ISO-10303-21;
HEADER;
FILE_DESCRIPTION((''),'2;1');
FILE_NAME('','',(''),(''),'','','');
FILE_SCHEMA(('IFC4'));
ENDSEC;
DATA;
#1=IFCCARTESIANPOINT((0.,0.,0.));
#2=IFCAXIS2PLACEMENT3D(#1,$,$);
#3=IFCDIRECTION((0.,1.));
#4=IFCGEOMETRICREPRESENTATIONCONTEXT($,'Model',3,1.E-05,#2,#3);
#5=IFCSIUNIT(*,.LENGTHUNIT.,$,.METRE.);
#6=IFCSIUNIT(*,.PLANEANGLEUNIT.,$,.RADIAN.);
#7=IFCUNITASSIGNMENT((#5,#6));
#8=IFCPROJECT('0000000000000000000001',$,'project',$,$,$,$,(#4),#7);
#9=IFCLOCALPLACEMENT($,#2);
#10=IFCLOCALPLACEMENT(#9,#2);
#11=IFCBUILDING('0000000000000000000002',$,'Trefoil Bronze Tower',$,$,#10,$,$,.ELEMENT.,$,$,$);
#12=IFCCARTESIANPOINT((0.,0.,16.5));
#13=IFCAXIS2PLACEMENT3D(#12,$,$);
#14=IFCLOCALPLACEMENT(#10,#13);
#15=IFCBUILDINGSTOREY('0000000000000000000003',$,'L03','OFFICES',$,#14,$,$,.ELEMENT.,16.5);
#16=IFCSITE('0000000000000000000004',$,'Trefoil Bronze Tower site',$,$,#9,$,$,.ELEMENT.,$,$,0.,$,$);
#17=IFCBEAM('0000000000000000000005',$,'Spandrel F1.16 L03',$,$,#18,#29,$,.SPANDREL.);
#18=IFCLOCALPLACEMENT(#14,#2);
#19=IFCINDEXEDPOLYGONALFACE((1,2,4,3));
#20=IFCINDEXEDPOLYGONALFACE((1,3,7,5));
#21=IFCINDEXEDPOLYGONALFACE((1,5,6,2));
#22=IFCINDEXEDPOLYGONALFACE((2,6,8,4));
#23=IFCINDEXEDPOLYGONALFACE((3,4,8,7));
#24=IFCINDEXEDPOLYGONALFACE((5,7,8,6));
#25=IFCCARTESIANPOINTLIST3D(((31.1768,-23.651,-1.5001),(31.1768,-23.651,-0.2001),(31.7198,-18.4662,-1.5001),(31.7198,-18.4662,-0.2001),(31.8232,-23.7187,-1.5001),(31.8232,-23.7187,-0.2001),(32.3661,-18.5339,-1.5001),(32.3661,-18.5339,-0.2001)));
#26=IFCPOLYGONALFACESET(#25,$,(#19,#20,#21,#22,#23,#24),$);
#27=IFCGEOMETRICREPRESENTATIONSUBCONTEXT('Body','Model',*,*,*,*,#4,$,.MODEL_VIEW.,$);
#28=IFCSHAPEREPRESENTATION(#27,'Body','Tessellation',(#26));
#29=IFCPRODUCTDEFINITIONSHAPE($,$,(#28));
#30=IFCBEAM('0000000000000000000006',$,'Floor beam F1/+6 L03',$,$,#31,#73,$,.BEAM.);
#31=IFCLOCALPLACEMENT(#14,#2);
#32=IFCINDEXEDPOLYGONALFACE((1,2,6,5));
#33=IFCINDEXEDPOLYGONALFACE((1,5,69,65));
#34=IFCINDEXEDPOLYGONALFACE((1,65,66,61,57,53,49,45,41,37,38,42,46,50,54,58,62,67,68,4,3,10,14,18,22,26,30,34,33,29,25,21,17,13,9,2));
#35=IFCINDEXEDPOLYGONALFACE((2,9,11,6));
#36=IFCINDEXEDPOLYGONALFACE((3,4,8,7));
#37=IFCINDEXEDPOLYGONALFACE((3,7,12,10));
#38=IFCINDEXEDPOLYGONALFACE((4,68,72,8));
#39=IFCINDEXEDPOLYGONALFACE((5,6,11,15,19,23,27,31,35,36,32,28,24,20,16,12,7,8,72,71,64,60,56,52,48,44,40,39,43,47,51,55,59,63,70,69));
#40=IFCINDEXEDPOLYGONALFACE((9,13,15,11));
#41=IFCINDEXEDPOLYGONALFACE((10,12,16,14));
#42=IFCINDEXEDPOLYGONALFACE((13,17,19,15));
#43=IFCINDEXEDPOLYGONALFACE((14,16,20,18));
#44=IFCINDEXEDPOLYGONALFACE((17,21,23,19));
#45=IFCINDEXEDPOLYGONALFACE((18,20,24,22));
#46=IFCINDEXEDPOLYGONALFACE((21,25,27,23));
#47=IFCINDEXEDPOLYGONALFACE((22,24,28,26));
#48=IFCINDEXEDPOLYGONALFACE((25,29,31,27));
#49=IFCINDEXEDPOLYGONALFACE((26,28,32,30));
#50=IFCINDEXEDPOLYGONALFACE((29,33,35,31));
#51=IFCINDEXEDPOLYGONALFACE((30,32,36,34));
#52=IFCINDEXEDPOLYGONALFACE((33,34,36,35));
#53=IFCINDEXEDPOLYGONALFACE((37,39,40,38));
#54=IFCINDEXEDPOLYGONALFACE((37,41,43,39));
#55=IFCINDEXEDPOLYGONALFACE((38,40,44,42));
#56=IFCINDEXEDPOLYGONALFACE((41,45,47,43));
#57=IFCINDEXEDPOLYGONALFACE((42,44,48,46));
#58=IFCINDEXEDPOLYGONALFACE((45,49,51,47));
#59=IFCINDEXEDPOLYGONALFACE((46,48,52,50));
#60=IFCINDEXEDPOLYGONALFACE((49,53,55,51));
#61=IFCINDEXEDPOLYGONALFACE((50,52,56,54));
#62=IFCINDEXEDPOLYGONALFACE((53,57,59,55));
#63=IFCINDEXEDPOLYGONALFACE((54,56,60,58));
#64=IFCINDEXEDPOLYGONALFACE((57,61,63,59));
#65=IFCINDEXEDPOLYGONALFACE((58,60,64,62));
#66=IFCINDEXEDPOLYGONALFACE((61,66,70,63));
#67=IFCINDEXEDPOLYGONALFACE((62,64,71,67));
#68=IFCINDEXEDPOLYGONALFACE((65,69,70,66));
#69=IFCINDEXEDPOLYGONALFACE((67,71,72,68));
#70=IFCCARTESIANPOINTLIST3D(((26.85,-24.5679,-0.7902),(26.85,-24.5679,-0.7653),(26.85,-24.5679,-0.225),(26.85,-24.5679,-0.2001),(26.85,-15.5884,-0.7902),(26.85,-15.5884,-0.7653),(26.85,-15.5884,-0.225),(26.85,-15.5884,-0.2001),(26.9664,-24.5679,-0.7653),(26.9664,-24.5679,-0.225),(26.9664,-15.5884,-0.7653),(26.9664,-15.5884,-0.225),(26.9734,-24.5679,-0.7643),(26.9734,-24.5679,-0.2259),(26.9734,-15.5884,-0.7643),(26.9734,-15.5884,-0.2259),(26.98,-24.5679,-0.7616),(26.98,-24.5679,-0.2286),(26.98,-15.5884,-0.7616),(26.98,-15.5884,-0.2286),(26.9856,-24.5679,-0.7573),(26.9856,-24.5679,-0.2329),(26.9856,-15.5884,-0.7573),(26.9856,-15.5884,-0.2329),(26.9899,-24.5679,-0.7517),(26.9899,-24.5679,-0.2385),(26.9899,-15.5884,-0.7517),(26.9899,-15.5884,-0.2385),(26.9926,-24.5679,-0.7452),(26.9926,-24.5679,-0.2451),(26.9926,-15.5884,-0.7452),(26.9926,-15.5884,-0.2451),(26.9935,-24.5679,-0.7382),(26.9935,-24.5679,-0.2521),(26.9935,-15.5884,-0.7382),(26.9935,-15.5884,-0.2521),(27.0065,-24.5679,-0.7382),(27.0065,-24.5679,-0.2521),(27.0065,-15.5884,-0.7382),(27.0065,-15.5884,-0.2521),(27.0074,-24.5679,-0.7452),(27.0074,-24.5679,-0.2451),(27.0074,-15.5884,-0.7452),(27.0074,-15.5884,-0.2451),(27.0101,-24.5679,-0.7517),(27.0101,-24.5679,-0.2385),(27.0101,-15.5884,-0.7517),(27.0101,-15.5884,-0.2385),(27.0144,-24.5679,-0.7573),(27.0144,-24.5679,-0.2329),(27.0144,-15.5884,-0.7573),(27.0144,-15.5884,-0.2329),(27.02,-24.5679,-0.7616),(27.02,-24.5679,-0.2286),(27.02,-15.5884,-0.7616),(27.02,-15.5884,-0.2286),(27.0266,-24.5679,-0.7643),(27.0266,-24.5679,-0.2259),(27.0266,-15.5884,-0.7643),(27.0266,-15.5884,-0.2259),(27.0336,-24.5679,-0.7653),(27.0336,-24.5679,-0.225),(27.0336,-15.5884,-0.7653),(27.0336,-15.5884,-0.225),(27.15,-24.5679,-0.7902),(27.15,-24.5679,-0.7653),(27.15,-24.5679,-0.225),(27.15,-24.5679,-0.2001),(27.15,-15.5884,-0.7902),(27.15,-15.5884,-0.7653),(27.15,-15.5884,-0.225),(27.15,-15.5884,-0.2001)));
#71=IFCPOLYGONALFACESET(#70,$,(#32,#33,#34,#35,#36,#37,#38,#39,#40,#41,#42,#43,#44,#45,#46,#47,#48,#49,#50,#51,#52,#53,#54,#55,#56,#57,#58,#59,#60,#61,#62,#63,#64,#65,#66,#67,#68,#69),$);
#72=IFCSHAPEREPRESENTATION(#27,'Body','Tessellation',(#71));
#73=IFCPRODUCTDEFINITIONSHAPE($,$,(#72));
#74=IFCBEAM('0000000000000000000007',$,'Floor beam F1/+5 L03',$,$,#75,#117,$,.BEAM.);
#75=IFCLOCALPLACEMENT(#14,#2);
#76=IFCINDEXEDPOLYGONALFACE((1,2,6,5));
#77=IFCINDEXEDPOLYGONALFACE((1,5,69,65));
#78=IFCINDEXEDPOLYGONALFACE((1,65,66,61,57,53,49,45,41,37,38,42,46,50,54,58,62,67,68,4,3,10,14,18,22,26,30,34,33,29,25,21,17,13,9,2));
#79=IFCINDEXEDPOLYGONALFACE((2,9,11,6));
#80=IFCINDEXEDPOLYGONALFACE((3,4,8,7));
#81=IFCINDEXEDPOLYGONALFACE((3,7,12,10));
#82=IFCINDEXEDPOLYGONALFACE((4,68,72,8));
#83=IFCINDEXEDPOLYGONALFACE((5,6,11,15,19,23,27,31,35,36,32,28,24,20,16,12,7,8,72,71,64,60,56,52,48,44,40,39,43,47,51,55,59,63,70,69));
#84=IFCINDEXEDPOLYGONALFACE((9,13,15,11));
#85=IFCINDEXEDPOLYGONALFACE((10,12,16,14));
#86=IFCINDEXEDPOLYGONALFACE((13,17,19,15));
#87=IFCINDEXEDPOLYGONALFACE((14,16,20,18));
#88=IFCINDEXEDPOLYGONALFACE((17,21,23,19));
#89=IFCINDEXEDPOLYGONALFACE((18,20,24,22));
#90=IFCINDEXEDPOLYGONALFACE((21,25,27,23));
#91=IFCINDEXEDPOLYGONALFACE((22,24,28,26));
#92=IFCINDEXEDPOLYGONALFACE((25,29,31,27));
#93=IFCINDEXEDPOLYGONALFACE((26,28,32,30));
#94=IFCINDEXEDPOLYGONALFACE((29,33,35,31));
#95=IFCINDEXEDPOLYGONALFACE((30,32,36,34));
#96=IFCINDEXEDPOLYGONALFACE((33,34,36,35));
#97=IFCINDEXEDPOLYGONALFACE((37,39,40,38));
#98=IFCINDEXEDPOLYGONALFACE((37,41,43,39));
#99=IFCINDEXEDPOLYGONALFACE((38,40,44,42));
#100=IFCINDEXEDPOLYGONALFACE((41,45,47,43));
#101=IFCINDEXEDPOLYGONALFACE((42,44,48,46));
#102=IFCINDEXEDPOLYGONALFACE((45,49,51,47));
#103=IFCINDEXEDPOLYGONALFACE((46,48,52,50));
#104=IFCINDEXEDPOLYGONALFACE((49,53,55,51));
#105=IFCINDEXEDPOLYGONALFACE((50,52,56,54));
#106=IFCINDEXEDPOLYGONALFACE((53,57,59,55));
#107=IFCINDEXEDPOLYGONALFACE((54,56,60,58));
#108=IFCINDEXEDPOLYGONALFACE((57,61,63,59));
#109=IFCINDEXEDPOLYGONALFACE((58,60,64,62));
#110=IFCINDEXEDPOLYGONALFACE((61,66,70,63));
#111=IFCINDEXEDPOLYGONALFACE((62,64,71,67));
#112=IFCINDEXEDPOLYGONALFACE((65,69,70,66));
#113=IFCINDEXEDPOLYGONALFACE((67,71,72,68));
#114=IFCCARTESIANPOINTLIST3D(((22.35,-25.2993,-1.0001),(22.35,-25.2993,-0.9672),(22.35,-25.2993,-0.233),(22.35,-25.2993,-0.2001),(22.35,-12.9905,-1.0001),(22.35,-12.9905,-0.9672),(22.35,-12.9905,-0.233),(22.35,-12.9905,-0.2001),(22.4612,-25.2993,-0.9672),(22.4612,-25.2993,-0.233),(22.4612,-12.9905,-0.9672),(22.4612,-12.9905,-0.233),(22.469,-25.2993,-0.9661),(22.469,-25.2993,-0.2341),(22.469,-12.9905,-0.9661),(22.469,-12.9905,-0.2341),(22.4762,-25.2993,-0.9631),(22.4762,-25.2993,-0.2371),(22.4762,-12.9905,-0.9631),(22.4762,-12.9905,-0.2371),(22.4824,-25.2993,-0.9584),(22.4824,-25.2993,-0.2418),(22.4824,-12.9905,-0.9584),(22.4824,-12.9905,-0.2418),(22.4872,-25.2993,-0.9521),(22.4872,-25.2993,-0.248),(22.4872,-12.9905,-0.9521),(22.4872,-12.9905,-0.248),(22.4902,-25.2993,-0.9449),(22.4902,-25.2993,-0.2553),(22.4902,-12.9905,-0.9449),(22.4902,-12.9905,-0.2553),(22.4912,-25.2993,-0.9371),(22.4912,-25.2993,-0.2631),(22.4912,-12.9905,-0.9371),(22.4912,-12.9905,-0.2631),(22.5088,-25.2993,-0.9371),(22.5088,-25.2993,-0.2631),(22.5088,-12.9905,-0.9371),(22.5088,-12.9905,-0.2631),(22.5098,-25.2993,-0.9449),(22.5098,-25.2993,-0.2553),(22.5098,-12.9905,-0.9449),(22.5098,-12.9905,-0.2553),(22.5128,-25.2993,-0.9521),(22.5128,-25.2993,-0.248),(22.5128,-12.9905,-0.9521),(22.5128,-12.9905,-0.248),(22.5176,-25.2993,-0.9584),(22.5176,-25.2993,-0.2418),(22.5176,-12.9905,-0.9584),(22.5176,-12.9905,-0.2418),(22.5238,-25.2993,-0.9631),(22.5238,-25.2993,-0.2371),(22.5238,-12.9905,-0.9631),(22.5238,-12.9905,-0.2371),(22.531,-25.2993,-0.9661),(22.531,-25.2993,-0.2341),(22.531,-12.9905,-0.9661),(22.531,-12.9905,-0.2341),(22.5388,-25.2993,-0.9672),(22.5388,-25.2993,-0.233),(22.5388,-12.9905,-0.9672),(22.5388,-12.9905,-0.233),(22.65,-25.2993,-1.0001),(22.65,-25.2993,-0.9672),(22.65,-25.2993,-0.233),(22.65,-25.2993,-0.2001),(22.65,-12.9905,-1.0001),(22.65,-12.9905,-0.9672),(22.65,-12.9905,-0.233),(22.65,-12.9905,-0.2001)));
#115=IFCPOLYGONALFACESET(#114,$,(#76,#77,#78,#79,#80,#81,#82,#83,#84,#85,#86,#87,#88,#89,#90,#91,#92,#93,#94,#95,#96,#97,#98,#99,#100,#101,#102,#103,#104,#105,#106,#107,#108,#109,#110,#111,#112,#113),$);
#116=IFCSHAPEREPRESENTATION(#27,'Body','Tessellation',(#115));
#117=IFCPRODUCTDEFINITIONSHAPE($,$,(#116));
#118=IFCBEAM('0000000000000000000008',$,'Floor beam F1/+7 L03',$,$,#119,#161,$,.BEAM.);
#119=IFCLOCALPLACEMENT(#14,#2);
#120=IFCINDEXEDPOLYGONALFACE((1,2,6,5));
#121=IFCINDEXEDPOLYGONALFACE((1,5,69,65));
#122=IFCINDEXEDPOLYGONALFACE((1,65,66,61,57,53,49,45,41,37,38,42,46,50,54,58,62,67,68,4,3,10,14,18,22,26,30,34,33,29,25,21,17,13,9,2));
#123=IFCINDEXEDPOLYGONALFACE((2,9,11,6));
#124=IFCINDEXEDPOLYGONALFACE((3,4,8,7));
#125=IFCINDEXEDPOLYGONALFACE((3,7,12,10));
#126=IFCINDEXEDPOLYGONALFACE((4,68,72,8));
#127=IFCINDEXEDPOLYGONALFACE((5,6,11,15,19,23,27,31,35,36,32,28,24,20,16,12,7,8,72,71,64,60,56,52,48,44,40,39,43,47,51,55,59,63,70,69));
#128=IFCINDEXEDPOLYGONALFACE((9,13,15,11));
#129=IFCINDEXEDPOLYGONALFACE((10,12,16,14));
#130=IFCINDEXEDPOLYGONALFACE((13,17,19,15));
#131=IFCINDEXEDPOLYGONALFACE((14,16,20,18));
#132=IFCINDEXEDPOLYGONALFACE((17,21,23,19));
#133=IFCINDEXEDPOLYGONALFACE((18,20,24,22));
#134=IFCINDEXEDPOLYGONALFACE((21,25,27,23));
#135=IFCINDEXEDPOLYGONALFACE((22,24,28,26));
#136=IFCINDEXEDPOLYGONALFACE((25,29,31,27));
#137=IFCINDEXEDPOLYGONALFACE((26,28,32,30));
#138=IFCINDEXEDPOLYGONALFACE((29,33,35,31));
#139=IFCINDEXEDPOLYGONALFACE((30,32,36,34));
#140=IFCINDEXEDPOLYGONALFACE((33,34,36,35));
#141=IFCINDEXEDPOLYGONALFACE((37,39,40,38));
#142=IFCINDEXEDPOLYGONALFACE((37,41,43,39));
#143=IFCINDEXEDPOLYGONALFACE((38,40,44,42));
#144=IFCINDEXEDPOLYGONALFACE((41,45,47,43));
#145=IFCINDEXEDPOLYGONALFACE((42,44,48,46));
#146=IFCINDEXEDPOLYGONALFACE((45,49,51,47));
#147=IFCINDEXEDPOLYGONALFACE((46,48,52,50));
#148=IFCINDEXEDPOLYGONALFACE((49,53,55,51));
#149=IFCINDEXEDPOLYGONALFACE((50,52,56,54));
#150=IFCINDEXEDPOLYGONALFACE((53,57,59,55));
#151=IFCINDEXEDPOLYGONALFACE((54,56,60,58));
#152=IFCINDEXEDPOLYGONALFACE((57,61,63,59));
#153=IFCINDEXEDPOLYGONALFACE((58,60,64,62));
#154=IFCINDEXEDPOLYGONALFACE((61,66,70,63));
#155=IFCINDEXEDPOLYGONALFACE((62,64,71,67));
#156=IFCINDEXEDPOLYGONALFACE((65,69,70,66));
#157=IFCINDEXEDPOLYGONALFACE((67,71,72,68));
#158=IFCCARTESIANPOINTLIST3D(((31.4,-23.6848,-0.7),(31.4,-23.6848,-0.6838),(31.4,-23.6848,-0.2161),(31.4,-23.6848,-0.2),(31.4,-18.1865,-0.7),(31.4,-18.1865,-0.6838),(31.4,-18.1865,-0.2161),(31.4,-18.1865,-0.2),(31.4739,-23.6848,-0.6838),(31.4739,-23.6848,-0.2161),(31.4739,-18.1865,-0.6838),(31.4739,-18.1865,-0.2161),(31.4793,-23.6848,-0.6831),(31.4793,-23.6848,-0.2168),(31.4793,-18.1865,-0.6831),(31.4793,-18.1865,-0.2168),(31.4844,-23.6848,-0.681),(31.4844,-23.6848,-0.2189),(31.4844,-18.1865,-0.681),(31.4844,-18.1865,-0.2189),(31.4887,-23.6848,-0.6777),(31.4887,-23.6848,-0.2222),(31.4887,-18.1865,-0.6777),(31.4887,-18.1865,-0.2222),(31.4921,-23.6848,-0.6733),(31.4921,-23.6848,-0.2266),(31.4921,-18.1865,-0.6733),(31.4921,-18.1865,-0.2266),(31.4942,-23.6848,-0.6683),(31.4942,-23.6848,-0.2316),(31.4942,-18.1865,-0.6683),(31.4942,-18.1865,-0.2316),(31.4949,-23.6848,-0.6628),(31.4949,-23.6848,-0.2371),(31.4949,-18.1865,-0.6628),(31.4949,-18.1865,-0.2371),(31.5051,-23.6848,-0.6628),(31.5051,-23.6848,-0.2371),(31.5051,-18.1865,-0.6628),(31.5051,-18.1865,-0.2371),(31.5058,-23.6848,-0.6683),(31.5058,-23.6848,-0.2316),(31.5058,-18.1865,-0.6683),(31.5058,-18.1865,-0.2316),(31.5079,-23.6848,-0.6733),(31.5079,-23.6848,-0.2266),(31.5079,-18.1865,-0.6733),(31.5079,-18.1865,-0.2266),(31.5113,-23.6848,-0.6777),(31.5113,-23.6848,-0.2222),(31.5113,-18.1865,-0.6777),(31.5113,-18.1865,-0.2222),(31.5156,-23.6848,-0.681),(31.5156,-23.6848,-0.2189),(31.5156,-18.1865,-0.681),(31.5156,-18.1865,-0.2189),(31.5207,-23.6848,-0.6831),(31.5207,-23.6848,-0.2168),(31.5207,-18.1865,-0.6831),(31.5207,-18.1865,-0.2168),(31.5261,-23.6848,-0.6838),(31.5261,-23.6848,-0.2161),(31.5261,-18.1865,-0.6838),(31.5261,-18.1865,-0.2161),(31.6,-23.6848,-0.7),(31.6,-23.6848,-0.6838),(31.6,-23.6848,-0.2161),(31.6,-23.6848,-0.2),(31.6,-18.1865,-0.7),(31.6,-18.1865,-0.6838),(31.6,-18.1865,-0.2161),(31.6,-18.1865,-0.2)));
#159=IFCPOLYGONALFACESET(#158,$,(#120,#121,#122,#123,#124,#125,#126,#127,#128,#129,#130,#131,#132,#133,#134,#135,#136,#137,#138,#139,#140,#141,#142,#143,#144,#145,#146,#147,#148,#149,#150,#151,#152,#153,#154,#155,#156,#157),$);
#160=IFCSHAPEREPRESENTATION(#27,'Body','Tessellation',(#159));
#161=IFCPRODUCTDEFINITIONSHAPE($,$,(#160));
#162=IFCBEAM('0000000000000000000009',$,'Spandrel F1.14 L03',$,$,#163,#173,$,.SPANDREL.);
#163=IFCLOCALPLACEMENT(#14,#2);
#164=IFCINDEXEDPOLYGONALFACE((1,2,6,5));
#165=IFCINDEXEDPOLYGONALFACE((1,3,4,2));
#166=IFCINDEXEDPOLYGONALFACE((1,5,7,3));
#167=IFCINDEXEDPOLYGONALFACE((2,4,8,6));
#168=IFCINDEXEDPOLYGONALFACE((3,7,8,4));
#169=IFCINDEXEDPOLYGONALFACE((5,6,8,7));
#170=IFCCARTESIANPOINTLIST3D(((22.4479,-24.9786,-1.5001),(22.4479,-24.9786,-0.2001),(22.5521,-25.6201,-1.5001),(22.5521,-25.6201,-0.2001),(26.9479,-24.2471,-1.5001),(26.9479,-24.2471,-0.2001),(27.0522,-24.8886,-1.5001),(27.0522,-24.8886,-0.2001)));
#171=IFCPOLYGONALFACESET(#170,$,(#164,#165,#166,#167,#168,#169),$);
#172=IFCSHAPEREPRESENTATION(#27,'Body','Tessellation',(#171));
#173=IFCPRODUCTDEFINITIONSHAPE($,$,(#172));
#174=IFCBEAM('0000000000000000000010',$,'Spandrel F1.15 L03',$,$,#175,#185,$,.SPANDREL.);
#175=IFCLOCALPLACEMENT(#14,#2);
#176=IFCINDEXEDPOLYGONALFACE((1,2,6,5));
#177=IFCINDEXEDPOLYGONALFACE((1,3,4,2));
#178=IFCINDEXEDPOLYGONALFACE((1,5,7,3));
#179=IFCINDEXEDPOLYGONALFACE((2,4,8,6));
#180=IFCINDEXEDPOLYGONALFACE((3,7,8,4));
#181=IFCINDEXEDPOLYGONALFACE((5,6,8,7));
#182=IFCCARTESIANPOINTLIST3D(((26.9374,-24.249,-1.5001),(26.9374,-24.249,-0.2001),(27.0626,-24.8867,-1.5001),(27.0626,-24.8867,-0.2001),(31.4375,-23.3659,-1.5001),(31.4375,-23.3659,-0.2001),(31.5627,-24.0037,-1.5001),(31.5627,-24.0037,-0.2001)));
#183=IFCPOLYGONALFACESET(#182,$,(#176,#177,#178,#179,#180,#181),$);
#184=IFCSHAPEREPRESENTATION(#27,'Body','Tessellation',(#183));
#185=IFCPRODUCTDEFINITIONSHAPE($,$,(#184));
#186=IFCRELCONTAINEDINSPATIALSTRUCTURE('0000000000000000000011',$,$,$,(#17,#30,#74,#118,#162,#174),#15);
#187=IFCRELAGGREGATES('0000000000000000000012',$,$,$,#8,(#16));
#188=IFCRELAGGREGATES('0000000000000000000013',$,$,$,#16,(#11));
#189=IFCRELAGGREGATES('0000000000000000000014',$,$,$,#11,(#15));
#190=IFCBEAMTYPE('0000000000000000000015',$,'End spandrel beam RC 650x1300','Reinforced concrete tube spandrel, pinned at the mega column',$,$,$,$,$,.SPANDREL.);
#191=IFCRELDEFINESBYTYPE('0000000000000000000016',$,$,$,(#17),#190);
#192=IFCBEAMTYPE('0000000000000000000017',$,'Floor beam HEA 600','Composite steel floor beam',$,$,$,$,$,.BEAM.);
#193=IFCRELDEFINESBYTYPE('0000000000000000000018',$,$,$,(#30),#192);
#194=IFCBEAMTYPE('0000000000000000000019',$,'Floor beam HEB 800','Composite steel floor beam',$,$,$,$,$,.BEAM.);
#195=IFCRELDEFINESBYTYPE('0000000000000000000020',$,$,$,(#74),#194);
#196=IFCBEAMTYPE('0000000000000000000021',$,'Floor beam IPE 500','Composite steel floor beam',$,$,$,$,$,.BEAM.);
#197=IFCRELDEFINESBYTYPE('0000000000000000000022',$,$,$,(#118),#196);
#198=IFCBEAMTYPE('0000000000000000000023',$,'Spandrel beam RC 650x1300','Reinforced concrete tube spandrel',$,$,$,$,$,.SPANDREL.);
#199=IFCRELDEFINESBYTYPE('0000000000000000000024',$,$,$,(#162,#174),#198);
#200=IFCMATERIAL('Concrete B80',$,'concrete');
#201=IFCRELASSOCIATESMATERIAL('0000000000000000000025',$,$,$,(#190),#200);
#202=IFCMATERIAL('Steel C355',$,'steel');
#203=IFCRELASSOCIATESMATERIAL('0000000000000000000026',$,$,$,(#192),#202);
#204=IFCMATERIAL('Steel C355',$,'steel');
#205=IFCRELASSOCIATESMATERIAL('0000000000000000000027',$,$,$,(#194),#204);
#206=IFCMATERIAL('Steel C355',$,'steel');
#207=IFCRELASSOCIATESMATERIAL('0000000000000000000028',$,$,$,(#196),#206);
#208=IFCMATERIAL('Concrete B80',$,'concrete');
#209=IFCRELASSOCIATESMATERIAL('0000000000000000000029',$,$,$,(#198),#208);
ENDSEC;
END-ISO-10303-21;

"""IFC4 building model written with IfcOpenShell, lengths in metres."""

from ifc_helpers import new_model, si_unit, direction, frame, origin, origin_2d, place, context, subcontext, project, spatial, rectangle, i_section, extrude, material, material_profile, profile_set, type_object, element, save


model = new_model("IFC4")

# Units and contexts
model_context = context("Model", 3, precision=1e-05, world=origin(), true_north=direction((0.0, 1.0)))
body_context = subcontext(model_context, "Body", "Model", "MODEL_VIEW")
ifc_project = project(units=[si_unit("LENGTHUNIT", "METRE"), si_unit("PLANEANGLEUNIT", "RADIAN")], contexts=[model_context])

# Site, building, storey
site_placement = place(None, origin())
site = spatial("IfcSite", under=ifc_project, at=site_placement, Name="Trefoil Bronze Tower site", CompositionType="ELEMENT", RefElevation=0.0)
building_placement = place(site_placement, origin())
building = spatial("IfcBuilding", under=site, at=building_placement, Name="Trefoil Bronze Tower", CompositionType="ELEMENT")
storey_placement = place(building_placement, frame((0.0, 0.0, 16.5)))
storey = spatial("IfcBuildingStorey", under=building, at=storey_placement, Name="L03", Description="OFFICES", CompositionType="ELEMENT", Elevation=16.5)

# Beams
ifc_material_1 = material(Name="Concrete B80", Category="concrete")
ifc_material_profile_1 = material_profile(ifc_material_1, rectangle(XDim=0.6499, YDim=1.3, at=origin_2d()), Name="RC 650x1300")
ifc_profile_set_1 = profile_set([ifc_material_profile_1], Name="Concrete B80")
beam_type_1 = type_object("IfcBeamType", Name="End spandrel beam RC 650x1300", Description="Reinforced concrete tube spandrel, pinned at the mega column", PredefinedType="SPANDREL", material=ifc_profile_set_1)
beam_1_placement = place(storey_placement, frame((31.5, -23.6848, -0.8501), z_axis=(0.104153, 0.994561, 0.0), x_axis=(-0.994561, 0.104153, 0.0)))
element("IfcBeam", 1, at=beam_1_placement, inside=storey, type_object=beam_type_1, Name="Spandrel F1.16 L03", PredefinedType="SPANDREL", context=body_context, shape_type="SweptSolid", body=[
    extrude(rectangle(XDim=0.6499, YDim=1.3, at=origin_2d()), origin(), (0.0, 0.0, 1.0), 5.2131),
])
ifc_material_2 = material(Name="Steel C355", Category="steel")
ifc_material_profile_2 = material_profile(ifc_material_2, i_section(OverallWidth=0.3, OverallDepth=0.5901, WebThickness=0.0129, FlangeThickness=0.0249, FilletRadius=0.0271, at=origin_2d()), Name="HEA 600")
ifc_profile_set_2 = profile_set([ifc_material_profile_2], Name="Steel C355")
beam_type_2 = type_object("IfcBeamType", Name="Floor beam HEA 600", Description="Composite steel floor beam", PredefinedType="BEAM", material=ifc_profile_set_2)
beam_2_placement = place(storey_placement, frame((27.0, -24.5679, -0.4951), z_axis=(0.0, 1.0, 0.0), x_axis=(-1.0, 0.0, 0.0)))
element("IfcBeam", 2, at=beam_2_placement, inside=storey, type_object=beam_type_2, Name="Floor beam F1/+6 L03", PredefinedType="BEAM", context=body_context, shape_type="SweptSolid", body=[
    extrude(i_section(OverallWidth=0.3, OverallDepth=0.5901, WebThickness=0.0129, FlangeThickness=0.0249, FilletRadius=0.0271, at=origin_2d()), origin(), (0.0, 0.0, 1.0), 8.9795),
])
ifc_material_3 = material(Name="Steel C355", Category="steel")
ifc_material_profile_3 = material_profile(ifc_material_3, i_section(OverallWidth=0.3, OverallDepth=0.8, WebThickness=0.0176, FlangeThickness=0.033, FilletRadius=0.03, at=origin_2d()), Name="HEB 800")
ifc_profile_set_3 = profile_set([ifc_material_profile_3], Name="Steel C355")
beam_type_3 = type_object("IfcBeamType", Name="Floor beam HEB 800", Description="Composite steel floor beam", PredefinedType="BEAM", material=ifc_profile_set_3)
beam_3_placement = place(storey_placement, frame((22.5, -25.2993, -0.6001), z_axis=(0.0, 1.0, 0.0), x_axis=(-1.0, 0.0, 0.0)))
element("IfcBeam", 3, at=beam_3_placement, inside=storey, type_object=beam_type_3, Name="Floor beam F1/+5 L03", PredefinedType="BEAM", context=body_context, shape_type="SweptSolid", body=[
    extrude(i_section(OverallWidth=0.3, OverallDepth=0.8, WebThickness=0.0176, FlangeThickness=0.033, FilletRadius=0.03, at=origin_2d()), origin(), (0.0, 0.0, 1.0), 12.3088),
])
ifc_material_4 = material(Name="Steel C355", Category="steel")
ifc_material_profile_4 = material_profile(ifc_material_4, i_section(OverallWidth=0.2, OverallDepth=0.5, WebThickness=0.0103, FlangeThickness=0.0161, FilletRadius=0.021, at=origin_2d()), Name="IPE 500")
ifc_profile_set_4 = profile_set([ifc_material_profile_4], Name="Steel C355")
beam_type_4 = type_object("IfcBeamType", Name="Floor beam IPE 500", Description="Composite steel floor beam", PredefinedType="BEAM", material=ifc_profile_set_4)
beam_4_placement = place(storey_placement, frame((31.5, -23.6848, -0.45), z_axis=(0.0, 1.0, 0.0), x_axis=(-1.0, 0.0, 0.0)))
element("IfcBeam", 4, at=beam_4_placement, inside=storey, type_object=beam_type_4, Name="Floor beam F1/+7 L03", PredefinedType="BEAM", context=body_context, shape_type="SweptSolid", body=[
    extrude(i_section(OverallWidth=0.2, OverallDepth=0.5, WebThickness=0.0103, FlangeThickness=0.0161, FilletRadius=0.021, at=origin_2d()), origin(), (0.0, 0.0, 1.0), 5.4983),
])
ifc_material_5 = material(Name="Concrete B80", Category="concrete")
ifc_material_profile_5 = material_profile(ifc_material_5, rectangle(XDim=0.6499, YDim=1.3, at=origin_2d()), Name="RC 650x1300")
ifc_profile_set_5 = profile_set([ifc_material_profile_5], Name="Concrete B80")
beam_type_5 = type_object("IfcBeamType", Name="Spandrel beam RC 650x1300", Description="Reinforced concrete tube spandrel", PredefinedType="SPANDREL", material=ifc_profile_set_5)
beam_5_placement = place(storey_placement, frame((22.5, -25.2993, -0.8501), z_axis=(0.987046, 0.160438, 0.0), x_axis=(-0.160438, 0.987046, 0.0)))
element("IfcBeam", 5, at=beam_5_placement, inside=storey, type_object=beam_type_5, Name="Spandrel F1.14 L03", PredefinedType="SPANDREL", context=body_context, shape_type="SweptSolid", body=[
    extrude(rectangle(XDim=0.6499, YDim=1.3, at=origin_2d()), origin(), (0.0, 0.0, 1.0), 4.5591),
])
beam_6_placement = place(storey_placement, frame((27.0, -24.5679, -0.8501), z_axis=(0.981285, 0.192562, 0.0), x_axis=(-0.192562, 0.981285, 0.0)))
element("IfcBeam", 6, at=beam_6_placement, inside=storey, type_object=beam_type_5, Name="Spandrel F1.15 L03", PredefinedType="SPANDREL", context=body_context, shape_type="SweptSolid", body=[
    extrude(rectangle(XDim=0.6499, YDim=1.3, at=origin_2d()), origin(), (0.0, 0.0, 1.0), 4.5859),
])

save(model, "model.ifc")
